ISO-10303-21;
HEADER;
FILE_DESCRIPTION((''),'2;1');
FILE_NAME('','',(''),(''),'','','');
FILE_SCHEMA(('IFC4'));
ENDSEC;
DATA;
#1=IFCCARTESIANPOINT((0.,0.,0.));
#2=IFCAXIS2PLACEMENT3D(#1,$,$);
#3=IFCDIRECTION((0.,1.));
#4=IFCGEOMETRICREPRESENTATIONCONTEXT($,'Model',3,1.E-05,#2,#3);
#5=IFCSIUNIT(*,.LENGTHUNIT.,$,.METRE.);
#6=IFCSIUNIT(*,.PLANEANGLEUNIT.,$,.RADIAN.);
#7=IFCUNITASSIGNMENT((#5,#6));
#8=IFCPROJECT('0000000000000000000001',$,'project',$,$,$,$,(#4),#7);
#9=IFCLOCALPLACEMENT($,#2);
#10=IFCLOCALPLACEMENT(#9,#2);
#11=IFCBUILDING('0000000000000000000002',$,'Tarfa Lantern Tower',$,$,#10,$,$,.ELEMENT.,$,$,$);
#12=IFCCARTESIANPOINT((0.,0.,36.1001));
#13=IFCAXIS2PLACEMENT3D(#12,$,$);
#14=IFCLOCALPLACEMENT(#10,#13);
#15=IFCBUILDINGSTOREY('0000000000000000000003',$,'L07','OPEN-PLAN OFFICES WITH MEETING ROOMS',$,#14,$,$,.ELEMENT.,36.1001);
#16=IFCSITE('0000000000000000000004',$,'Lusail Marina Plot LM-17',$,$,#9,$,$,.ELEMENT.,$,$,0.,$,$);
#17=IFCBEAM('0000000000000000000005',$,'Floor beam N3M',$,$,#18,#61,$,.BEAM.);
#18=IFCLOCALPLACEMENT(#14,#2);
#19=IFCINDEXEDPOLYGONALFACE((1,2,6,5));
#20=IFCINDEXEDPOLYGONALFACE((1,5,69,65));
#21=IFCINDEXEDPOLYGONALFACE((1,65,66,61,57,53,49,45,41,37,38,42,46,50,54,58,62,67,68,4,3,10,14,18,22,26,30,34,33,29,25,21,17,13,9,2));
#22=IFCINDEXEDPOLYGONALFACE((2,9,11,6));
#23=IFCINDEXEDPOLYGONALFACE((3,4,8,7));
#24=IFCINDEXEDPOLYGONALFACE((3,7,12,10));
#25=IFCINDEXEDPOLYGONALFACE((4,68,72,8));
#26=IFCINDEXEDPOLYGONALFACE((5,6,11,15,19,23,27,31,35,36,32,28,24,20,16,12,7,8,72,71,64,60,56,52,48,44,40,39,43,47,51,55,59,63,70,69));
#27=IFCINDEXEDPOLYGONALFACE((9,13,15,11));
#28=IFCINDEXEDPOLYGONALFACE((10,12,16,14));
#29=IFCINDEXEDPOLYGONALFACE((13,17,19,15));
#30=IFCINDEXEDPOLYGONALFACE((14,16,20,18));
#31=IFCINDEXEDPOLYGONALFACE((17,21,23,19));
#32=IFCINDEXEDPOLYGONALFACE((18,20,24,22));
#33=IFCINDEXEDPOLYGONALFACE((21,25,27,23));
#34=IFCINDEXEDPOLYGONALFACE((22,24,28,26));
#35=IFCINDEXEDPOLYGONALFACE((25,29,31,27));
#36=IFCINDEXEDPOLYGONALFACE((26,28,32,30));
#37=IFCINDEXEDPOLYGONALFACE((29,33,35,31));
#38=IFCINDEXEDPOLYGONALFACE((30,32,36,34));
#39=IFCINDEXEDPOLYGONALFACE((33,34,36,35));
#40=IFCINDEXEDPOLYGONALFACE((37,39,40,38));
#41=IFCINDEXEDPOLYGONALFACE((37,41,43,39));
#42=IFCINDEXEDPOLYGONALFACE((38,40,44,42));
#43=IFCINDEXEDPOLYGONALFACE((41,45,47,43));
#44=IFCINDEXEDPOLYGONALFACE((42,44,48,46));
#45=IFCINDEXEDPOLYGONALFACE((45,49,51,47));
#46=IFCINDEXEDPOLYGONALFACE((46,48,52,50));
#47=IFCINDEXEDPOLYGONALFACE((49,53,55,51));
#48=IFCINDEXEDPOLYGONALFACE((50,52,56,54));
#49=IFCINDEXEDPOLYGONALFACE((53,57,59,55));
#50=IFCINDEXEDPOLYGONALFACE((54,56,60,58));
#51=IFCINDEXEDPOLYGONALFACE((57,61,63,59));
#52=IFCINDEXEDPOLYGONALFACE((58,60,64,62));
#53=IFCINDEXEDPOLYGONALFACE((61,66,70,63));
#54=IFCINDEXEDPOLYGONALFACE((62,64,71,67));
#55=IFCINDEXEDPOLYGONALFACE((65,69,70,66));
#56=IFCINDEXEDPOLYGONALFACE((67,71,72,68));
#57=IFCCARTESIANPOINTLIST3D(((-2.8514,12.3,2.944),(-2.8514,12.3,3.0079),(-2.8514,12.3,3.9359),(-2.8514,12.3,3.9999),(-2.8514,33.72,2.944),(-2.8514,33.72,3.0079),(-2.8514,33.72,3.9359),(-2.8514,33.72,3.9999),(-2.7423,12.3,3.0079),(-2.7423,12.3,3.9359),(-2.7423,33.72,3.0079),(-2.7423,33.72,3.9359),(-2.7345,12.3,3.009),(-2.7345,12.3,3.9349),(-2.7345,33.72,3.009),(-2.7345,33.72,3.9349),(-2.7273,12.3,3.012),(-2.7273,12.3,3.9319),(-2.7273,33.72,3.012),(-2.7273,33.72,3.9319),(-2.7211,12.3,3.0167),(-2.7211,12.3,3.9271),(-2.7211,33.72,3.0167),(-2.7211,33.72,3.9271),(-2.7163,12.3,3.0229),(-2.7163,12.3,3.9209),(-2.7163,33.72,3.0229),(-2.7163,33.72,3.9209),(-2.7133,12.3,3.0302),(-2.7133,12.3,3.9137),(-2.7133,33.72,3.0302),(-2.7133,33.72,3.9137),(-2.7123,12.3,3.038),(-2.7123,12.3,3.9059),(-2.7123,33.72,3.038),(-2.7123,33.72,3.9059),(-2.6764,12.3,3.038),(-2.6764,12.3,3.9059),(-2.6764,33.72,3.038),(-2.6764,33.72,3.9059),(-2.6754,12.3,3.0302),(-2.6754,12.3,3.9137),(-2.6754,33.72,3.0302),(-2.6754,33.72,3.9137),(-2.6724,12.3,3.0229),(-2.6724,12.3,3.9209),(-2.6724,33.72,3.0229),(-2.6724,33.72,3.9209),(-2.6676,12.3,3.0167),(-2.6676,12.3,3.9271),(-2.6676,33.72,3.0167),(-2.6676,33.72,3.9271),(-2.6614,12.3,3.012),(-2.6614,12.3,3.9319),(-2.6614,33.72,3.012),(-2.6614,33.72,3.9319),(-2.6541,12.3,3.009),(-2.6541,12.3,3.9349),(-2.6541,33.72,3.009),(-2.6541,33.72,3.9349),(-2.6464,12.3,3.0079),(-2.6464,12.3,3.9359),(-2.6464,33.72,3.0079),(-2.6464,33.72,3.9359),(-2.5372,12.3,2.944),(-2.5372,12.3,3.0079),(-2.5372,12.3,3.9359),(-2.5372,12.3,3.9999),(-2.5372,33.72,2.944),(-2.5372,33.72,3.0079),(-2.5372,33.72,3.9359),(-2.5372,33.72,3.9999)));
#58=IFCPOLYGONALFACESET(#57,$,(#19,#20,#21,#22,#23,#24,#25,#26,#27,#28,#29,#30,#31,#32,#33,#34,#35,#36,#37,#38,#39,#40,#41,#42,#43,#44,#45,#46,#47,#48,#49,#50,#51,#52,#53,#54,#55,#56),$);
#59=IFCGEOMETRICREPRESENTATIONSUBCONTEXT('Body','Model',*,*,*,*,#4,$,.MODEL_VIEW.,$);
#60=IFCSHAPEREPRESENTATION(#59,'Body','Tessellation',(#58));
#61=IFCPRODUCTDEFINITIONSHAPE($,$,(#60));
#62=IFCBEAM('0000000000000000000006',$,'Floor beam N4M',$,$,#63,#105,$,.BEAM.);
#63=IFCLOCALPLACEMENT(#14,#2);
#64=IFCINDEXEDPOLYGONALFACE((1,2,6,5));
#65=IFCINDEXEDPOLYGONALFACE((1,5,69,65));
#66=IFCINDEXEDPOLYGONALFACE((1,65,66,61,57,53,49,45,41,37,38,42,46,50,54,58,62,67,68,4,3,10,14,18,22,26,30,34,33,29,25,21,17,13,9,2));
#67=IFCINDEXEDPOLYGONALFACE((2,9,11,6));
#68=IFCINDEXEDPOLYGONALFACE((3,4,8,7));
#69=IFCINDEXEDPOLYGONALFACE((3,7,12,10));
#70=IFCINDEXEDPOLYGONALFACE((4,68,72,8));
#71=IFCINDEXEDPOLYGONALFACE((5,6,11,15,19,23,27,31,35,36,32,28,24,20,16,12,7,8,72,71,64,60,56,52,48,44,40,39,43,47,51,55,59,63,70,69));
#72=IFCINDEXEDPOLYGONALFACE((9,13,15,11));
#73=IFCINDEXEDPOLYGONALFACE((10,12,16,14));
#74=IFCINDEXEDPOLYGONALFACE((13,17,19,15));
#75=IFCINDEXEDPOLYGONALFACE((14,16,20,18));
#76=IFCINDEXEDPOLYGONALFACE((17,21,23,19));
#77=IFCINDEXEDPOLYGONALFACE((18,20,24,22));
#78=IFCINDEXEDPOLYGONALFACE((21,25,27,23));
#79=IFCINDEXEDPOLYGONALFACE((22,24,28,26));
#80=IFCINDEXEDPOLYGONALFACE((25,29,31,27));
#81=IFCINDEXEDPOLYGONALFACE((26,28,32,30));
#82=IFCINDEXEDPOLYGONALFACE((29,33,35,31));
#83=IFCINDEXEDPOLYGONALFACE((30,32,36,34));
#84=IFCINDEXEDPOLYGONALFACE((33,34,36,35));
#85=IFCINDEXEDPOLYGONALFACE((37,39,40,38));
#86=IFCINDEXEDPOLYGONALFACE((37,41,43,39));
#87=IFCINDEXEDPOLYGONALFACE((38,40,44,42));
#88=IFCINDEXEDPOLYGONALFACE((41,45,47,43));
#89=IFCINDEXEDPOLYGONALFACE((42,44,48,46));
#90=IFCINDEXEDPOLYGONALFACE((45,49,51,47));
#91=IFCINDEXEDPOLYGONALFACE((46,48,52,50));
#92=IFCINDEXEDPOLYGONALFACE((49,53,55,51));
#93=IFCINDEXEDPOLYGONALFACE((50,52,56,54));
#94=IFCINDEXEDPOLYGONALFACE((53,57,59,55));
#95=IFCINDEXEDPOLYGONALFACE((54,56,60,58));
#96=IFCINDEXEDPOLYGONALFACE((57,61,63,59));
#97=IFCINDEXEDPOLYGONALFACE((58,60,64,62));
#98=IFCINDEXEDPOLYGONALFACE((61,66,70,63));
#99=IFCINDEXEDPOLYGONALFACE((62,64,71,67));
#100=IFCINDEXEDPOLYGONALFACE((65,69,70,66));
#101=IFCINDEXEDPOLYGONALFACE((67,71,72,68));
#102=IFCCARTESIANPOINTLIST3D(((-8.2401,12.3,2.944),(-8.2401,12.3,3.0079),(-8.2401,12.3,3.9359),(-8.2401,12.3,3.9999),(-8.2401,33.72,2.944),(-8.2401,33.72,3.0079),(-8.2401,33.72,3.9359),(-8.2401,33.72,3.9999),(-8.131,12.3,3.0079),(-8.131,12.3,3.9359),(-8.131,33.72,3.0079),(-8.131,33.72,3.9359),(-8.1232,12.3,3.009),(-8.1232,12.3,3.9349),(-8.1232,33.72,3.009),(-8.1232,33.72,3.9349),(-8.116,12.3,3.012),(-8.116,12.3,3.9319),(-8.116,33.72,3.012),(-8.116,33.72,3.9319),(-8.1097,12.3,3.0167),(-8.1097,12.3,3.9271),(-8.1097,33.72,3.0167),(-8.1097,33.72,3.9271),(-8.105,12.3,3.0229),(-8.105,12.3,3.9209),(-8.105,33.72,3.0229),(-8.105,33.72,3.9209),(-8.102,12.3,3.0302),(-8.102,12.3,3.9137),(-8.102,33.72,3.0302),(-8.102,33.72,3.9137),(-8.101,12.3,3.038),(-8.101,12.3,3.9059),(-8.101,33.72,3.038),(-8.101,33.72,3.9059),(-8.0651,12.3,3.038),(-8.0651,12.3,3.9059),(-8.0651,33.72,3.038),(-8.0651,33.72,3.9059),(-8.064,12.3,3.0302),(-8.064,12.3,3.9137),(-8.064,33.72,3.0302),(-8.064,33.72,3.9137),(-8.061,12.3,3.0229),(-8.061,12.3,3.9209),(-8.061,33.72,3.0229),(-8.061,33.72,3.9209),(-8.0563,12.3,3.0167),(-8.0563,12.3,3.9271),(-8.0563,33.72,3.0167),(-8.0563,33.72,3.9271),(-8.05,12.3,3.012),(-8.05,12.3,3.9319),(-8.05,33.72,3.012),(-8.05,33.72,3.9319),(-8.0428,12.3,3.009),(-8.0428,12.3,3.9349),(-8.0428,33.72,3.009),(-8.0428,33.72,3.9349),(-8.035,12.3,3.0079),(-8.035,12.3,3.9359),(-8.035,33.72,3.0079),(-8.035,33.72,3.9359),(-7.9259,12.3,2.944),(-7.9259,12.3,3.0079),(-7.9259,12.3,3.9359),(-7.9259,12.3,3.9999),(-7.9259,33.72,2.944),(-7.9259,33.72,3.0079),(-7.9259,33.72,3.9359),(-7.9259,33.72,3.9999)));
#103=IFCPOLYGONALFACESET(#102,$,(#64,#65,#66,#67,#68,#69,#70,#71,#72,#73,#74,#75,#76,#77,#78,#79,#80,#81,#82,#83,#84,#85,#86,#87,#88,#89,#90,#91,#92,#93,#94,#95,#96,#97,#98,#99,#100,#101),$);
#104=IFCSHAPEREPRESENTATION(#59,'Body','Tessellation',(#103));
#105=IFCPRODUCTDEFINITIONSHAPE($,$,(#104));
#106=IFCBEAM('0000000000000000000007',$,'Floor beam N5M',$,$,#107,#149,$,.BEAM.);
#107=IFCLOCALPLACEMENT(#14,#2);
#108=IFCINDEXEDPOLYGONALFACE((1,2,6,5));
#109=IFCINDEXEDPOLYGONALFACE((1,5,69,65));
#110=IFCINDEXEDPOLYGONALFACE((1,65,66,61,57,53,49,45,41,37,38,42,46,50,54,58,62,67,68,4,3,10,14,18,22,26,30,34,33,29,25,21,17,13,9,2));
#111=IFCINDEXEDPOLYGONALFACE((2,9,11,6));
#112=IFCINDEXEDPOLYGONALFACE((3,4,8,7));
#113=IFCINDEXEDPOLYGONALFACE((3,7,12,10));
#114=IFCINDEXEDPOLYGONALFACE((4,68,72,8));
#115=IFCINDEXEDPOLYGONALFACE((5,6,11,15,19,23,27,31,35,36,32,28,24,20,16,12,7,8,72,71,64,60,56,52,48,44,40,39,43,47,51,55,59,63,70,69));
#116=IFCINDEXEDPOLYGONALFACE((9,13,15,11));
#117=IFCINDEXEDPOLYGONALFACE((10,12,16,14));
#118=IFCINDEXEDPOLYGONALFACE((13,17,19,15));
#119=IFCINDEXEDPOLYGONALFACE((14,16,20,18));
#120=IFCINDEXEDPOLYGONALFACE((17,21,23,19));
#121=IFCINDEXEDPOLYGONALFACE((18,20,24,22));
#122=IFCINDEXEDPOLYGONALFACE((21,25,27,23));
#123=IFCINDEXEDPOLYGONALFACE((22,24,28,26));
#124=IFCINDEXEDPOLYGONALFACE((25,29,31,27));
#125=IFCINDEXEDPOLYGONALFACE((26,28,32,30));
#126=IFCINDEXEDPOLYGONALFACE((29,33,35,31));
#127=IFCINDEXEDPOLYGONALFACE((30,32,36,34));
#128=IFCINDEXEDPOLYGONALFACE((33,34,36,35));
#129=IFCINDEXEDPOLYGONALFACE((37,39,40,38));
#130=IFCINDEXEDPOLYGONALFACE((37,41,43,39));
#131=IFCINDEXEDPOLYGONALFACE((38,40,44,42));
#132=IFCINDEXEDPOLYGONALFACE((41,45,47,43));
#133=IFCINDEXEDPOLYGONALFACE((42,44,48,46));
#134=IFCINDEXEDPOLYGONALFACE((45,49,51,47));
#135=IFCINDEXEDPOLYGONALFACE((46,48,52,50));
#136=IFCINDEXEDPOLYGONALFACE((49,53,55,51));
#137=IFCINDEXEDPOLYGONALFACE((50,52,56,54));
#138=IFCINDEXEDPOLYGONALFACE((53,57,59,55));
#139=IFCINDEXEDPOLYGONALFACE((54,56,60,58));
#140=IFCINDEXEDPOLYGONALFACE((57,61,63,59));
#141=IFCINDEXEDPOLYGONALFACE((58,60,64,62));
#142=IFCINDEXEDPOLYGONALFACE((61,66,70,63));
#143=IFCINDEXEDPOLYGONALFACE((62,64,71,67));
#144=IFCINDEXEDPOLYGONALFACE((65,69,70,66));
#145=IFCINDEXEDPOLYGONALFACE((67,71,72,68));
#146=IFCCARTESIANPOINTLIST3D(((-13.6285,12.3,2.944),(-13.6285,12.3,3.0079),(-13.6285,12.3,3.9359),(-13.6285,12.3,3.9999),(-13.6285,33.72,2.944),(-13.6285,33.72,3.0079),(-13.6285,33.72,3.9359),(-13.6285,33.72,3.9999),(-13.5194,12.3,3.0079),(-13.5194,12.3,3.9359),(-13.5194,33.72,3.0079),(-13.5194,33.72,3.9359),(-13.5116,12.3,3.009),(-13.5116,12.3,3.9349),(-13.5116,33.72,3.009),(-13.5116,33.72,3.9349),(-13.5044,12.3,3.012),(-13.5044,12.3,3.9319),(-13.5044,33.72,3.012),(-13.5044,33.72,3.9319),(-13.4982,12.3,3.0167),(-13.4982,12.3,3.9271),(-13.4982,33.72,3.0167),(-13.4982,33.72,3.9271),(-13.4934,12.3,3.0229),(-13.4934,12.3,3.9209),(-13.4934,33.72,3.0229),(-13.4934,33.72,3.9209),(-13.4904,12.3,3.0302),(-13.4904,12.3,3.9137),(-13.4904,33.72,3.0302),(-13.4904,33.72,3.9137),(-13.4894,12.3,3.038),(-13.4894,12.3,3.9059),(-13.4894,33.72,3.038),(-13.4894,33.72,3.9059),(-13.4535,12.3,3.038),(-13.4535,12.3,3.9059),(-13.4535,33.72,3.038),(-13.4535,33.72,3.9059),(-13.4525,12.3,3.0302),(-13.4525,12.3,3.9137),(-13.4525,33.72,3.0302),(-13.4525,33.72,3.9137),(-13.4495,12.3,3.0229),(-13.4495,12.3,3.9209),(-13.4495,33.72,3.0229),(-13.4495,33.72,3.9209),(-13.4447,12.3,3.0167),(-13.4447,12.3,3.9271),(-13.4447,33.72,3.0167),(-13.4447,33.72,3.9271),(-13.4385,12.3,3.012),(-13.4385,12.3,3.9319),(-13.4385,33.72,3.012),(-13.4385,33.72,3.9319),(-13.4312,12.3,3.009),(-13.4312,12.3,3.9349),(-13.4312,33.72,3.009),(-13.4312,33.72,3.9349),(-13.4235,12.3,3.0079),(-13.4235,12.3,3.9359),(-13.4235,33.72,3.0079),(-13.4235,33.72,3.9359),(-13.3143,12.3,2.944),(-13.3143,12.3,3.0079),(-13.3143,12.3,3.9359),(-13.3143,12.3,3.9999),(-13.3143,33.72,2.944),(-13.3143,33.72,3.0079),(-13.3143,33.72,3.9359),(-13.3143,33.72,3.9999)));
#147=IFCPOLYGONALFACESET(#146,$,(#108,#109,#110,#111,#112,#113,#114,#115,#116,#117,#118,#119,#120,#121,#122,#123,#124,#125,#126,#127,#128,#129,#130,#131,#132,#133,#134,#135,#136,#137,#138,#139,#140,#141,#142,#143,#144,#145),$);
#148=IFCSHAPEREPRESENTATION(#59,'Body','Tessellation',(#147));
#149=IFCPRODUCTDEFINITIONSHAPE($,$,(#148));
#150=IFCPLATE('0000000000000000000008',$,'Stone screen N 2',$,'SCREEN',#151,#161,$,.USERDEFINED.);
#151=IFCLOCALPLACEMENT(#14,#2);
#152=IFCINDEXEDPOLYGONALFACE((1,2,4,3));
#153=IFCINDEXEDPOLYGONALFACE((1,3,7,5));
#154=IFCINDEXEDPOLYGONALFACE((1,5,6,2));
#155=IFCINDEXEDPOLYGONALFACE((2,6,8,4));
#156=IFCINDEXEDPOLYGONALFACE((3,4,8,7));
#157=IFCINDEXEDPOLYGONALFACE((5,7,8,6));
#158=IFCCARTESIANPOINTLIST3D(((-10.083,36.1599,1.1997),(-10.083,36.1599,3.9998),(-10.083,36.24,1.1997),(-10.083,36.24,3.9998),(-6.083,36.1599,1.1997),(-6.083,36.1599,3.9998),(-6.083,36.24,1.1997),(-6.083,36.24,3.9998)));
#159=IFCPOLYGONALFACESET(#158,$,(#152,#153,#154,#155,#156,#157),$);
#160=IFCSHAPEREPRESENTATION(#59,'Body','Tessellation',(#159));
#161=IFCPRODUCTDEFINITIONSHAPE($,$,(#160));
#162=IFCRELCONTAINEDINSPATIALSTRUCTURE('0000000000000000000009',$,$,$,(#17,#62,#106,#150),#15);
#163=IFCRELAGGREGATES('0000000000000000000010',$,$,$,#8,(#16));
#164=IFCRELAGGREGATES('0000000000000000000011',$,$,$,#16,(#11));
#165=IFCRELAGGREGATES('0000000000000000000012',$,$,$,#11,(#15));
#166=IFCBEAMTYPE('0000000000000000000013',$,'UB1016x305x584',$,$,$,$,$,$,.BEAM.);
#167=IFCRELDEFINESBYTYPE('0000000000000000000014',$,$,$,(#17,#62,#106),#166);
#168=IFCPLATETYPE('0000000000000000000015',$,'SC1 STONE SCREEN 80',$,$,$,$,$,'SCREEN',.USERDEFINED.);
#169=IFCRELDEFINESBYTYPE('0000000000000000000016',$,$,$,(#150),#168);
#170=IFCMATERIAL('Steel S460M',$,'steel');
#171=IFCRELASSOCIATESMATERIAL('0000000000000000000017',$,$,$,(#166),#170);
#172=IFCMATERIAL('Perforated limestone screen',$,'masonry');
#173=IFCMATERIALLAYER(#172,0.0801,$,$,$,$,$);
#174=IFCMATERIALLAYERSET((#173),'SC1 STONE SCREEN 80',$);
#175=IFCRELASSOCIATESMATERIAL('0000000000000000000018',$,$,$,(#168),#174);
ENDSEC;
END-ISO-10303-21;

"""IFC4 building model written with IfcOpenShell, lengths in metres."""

from ifc_helpers import new_model, si_unit, direction, frame, origin, origin_2d, place, context, subcontext, project, spatial, rectangle, i_section, extrude, material, layer, layer_set, material_profile, profile_set, type_object, element, save


model = new_model("IFC4")

# Units and contexts
model_context = context("Model", 3, precision=1e-05, world=origin(), true_north=direction((0.0, 1.0)))
body_context = subcontext(model_context, "Body", "Model", "MODEL_VIEW")
ifc_project = project(units=[si_unit("LENGTHUNIT", "METRE"), si_unit("PLANEANGLEUNIT", "RADIAN")], contexts=[model_context])

# Site, building, storey
site_placement = place(None, origin())
site = spatial("IfcSite", under=ifc_project, at=site_placement, Name="Lusail Marina Plot LM-17", CompositionType="ELEMENT", RefElevation=0.0)
building_placement = place(site_placement, origin())
building = spatial("IfcBuilding", under=site, at=building_placement, Name="Tarfa Lantern Tower", CompositionType="ELEMENT")
storey_placement = place(building_placement, frame((0.0, 0.0, 36.1001)))
storey = spatial("IfcBuildingStorey", under=building, at=storey_placement, Name="L07", Description="OPEN-PLAN OFFICES WITH MEETING ROOMS", CompositionType="ELEMENT", Elevation=36.1001)

# Beams
ifc_material_1 = material(Name="Steel S460M", Category="steel")
ifc_material_profile_1 = material_profile(ifc_material_1, i_section(OverallWidth=0.3142, OverallDepth=1.0559, WebThickness=0.0359, FlangeThickness=0.064, FilletRadius=0.03, at=origin_2d()), Name="UB1016x305x584")
ifc_profile_set_1 = profile_set([ifc_material_profile_1], Name="Steel S460M")
beam_type_1 = type_object("IfcBeamType", Name="UB1016x305x584", PredefinedType="BEAM", material=ifc_profile_set_1)
for number, where, z_axis, x_axis, name in (
    (1, (-2.6943, 33.72, 3.4719), (0.0, -1.0, 0.0), (1.0, 0.0, 0.0), "Floor beam N3M"),
    (2, (-8.083, 33.72, 3.4719), (0.0, -1.0, 0.0), (1.0, 0.0, 0.0), "Floor beam N4M"),
    (3, (-13.4714, 33.72, 3.4719), (0.0, -1.0, 0.0), (1.0, 0.0, 0.0), "Floor beam N5M"),
):
    element("IfcBeam", number, at=place(storey_placement, frame(where, z_axis=z_axis, x_axis=x_axis)), inside=storey, type_object=beam_type_1, Name=name, PredefinedType="BEAM", context=body_context, shape_type="SweptSolid", body=[
        extrude(i_section(OverallWidth=0.3142, OverallDepth=1.0559, WebThickness=0.0359, FlangeThickness=0.064, FilletRadius=0.03, at=origin_2d()), origin(), (0.0, 0.0, 1.0), 21.4199),
    ])

# Plate
ifc_material_2 = material(Name="Perforated limestone screen", Category="masonry")
ifc_layer_1 = layer(ifc_material_2, 0.0801)
ifc_layer_set_1 = layer_set([ifc_layer_1], Name="SC1 STONE SCREEN 80")
plate_type = type_object("IfcPlateType", Name="SC1 STONE SCREEN 80", ElementType="SCREEN", PredefinedType="USERDEFINED", material=ifc_layer_set_1)
plate_placement = place(storey_placement, frame((-8.083, 36.2, 1.1997), z_axis=(0.0, 0.0, 1.0), x_axis=(-1.0, 0.0, 0.0)))
element("IfcPlate", 4, at=plate_placement, inside=storey, type_object=plate_type, Name="Stone screen N 2", ObjectType="SCREEN", PredefinedType="USERDEFINED", context=body_context, shape_type="SweptSolid", body=[
    extrude(rectangle(XDim=4.0, YDim=0.0801, at=origin_2d()), origin(), (0.0, 0.0, 1.0), 2.8),
])

save(model, "model.ifc")
